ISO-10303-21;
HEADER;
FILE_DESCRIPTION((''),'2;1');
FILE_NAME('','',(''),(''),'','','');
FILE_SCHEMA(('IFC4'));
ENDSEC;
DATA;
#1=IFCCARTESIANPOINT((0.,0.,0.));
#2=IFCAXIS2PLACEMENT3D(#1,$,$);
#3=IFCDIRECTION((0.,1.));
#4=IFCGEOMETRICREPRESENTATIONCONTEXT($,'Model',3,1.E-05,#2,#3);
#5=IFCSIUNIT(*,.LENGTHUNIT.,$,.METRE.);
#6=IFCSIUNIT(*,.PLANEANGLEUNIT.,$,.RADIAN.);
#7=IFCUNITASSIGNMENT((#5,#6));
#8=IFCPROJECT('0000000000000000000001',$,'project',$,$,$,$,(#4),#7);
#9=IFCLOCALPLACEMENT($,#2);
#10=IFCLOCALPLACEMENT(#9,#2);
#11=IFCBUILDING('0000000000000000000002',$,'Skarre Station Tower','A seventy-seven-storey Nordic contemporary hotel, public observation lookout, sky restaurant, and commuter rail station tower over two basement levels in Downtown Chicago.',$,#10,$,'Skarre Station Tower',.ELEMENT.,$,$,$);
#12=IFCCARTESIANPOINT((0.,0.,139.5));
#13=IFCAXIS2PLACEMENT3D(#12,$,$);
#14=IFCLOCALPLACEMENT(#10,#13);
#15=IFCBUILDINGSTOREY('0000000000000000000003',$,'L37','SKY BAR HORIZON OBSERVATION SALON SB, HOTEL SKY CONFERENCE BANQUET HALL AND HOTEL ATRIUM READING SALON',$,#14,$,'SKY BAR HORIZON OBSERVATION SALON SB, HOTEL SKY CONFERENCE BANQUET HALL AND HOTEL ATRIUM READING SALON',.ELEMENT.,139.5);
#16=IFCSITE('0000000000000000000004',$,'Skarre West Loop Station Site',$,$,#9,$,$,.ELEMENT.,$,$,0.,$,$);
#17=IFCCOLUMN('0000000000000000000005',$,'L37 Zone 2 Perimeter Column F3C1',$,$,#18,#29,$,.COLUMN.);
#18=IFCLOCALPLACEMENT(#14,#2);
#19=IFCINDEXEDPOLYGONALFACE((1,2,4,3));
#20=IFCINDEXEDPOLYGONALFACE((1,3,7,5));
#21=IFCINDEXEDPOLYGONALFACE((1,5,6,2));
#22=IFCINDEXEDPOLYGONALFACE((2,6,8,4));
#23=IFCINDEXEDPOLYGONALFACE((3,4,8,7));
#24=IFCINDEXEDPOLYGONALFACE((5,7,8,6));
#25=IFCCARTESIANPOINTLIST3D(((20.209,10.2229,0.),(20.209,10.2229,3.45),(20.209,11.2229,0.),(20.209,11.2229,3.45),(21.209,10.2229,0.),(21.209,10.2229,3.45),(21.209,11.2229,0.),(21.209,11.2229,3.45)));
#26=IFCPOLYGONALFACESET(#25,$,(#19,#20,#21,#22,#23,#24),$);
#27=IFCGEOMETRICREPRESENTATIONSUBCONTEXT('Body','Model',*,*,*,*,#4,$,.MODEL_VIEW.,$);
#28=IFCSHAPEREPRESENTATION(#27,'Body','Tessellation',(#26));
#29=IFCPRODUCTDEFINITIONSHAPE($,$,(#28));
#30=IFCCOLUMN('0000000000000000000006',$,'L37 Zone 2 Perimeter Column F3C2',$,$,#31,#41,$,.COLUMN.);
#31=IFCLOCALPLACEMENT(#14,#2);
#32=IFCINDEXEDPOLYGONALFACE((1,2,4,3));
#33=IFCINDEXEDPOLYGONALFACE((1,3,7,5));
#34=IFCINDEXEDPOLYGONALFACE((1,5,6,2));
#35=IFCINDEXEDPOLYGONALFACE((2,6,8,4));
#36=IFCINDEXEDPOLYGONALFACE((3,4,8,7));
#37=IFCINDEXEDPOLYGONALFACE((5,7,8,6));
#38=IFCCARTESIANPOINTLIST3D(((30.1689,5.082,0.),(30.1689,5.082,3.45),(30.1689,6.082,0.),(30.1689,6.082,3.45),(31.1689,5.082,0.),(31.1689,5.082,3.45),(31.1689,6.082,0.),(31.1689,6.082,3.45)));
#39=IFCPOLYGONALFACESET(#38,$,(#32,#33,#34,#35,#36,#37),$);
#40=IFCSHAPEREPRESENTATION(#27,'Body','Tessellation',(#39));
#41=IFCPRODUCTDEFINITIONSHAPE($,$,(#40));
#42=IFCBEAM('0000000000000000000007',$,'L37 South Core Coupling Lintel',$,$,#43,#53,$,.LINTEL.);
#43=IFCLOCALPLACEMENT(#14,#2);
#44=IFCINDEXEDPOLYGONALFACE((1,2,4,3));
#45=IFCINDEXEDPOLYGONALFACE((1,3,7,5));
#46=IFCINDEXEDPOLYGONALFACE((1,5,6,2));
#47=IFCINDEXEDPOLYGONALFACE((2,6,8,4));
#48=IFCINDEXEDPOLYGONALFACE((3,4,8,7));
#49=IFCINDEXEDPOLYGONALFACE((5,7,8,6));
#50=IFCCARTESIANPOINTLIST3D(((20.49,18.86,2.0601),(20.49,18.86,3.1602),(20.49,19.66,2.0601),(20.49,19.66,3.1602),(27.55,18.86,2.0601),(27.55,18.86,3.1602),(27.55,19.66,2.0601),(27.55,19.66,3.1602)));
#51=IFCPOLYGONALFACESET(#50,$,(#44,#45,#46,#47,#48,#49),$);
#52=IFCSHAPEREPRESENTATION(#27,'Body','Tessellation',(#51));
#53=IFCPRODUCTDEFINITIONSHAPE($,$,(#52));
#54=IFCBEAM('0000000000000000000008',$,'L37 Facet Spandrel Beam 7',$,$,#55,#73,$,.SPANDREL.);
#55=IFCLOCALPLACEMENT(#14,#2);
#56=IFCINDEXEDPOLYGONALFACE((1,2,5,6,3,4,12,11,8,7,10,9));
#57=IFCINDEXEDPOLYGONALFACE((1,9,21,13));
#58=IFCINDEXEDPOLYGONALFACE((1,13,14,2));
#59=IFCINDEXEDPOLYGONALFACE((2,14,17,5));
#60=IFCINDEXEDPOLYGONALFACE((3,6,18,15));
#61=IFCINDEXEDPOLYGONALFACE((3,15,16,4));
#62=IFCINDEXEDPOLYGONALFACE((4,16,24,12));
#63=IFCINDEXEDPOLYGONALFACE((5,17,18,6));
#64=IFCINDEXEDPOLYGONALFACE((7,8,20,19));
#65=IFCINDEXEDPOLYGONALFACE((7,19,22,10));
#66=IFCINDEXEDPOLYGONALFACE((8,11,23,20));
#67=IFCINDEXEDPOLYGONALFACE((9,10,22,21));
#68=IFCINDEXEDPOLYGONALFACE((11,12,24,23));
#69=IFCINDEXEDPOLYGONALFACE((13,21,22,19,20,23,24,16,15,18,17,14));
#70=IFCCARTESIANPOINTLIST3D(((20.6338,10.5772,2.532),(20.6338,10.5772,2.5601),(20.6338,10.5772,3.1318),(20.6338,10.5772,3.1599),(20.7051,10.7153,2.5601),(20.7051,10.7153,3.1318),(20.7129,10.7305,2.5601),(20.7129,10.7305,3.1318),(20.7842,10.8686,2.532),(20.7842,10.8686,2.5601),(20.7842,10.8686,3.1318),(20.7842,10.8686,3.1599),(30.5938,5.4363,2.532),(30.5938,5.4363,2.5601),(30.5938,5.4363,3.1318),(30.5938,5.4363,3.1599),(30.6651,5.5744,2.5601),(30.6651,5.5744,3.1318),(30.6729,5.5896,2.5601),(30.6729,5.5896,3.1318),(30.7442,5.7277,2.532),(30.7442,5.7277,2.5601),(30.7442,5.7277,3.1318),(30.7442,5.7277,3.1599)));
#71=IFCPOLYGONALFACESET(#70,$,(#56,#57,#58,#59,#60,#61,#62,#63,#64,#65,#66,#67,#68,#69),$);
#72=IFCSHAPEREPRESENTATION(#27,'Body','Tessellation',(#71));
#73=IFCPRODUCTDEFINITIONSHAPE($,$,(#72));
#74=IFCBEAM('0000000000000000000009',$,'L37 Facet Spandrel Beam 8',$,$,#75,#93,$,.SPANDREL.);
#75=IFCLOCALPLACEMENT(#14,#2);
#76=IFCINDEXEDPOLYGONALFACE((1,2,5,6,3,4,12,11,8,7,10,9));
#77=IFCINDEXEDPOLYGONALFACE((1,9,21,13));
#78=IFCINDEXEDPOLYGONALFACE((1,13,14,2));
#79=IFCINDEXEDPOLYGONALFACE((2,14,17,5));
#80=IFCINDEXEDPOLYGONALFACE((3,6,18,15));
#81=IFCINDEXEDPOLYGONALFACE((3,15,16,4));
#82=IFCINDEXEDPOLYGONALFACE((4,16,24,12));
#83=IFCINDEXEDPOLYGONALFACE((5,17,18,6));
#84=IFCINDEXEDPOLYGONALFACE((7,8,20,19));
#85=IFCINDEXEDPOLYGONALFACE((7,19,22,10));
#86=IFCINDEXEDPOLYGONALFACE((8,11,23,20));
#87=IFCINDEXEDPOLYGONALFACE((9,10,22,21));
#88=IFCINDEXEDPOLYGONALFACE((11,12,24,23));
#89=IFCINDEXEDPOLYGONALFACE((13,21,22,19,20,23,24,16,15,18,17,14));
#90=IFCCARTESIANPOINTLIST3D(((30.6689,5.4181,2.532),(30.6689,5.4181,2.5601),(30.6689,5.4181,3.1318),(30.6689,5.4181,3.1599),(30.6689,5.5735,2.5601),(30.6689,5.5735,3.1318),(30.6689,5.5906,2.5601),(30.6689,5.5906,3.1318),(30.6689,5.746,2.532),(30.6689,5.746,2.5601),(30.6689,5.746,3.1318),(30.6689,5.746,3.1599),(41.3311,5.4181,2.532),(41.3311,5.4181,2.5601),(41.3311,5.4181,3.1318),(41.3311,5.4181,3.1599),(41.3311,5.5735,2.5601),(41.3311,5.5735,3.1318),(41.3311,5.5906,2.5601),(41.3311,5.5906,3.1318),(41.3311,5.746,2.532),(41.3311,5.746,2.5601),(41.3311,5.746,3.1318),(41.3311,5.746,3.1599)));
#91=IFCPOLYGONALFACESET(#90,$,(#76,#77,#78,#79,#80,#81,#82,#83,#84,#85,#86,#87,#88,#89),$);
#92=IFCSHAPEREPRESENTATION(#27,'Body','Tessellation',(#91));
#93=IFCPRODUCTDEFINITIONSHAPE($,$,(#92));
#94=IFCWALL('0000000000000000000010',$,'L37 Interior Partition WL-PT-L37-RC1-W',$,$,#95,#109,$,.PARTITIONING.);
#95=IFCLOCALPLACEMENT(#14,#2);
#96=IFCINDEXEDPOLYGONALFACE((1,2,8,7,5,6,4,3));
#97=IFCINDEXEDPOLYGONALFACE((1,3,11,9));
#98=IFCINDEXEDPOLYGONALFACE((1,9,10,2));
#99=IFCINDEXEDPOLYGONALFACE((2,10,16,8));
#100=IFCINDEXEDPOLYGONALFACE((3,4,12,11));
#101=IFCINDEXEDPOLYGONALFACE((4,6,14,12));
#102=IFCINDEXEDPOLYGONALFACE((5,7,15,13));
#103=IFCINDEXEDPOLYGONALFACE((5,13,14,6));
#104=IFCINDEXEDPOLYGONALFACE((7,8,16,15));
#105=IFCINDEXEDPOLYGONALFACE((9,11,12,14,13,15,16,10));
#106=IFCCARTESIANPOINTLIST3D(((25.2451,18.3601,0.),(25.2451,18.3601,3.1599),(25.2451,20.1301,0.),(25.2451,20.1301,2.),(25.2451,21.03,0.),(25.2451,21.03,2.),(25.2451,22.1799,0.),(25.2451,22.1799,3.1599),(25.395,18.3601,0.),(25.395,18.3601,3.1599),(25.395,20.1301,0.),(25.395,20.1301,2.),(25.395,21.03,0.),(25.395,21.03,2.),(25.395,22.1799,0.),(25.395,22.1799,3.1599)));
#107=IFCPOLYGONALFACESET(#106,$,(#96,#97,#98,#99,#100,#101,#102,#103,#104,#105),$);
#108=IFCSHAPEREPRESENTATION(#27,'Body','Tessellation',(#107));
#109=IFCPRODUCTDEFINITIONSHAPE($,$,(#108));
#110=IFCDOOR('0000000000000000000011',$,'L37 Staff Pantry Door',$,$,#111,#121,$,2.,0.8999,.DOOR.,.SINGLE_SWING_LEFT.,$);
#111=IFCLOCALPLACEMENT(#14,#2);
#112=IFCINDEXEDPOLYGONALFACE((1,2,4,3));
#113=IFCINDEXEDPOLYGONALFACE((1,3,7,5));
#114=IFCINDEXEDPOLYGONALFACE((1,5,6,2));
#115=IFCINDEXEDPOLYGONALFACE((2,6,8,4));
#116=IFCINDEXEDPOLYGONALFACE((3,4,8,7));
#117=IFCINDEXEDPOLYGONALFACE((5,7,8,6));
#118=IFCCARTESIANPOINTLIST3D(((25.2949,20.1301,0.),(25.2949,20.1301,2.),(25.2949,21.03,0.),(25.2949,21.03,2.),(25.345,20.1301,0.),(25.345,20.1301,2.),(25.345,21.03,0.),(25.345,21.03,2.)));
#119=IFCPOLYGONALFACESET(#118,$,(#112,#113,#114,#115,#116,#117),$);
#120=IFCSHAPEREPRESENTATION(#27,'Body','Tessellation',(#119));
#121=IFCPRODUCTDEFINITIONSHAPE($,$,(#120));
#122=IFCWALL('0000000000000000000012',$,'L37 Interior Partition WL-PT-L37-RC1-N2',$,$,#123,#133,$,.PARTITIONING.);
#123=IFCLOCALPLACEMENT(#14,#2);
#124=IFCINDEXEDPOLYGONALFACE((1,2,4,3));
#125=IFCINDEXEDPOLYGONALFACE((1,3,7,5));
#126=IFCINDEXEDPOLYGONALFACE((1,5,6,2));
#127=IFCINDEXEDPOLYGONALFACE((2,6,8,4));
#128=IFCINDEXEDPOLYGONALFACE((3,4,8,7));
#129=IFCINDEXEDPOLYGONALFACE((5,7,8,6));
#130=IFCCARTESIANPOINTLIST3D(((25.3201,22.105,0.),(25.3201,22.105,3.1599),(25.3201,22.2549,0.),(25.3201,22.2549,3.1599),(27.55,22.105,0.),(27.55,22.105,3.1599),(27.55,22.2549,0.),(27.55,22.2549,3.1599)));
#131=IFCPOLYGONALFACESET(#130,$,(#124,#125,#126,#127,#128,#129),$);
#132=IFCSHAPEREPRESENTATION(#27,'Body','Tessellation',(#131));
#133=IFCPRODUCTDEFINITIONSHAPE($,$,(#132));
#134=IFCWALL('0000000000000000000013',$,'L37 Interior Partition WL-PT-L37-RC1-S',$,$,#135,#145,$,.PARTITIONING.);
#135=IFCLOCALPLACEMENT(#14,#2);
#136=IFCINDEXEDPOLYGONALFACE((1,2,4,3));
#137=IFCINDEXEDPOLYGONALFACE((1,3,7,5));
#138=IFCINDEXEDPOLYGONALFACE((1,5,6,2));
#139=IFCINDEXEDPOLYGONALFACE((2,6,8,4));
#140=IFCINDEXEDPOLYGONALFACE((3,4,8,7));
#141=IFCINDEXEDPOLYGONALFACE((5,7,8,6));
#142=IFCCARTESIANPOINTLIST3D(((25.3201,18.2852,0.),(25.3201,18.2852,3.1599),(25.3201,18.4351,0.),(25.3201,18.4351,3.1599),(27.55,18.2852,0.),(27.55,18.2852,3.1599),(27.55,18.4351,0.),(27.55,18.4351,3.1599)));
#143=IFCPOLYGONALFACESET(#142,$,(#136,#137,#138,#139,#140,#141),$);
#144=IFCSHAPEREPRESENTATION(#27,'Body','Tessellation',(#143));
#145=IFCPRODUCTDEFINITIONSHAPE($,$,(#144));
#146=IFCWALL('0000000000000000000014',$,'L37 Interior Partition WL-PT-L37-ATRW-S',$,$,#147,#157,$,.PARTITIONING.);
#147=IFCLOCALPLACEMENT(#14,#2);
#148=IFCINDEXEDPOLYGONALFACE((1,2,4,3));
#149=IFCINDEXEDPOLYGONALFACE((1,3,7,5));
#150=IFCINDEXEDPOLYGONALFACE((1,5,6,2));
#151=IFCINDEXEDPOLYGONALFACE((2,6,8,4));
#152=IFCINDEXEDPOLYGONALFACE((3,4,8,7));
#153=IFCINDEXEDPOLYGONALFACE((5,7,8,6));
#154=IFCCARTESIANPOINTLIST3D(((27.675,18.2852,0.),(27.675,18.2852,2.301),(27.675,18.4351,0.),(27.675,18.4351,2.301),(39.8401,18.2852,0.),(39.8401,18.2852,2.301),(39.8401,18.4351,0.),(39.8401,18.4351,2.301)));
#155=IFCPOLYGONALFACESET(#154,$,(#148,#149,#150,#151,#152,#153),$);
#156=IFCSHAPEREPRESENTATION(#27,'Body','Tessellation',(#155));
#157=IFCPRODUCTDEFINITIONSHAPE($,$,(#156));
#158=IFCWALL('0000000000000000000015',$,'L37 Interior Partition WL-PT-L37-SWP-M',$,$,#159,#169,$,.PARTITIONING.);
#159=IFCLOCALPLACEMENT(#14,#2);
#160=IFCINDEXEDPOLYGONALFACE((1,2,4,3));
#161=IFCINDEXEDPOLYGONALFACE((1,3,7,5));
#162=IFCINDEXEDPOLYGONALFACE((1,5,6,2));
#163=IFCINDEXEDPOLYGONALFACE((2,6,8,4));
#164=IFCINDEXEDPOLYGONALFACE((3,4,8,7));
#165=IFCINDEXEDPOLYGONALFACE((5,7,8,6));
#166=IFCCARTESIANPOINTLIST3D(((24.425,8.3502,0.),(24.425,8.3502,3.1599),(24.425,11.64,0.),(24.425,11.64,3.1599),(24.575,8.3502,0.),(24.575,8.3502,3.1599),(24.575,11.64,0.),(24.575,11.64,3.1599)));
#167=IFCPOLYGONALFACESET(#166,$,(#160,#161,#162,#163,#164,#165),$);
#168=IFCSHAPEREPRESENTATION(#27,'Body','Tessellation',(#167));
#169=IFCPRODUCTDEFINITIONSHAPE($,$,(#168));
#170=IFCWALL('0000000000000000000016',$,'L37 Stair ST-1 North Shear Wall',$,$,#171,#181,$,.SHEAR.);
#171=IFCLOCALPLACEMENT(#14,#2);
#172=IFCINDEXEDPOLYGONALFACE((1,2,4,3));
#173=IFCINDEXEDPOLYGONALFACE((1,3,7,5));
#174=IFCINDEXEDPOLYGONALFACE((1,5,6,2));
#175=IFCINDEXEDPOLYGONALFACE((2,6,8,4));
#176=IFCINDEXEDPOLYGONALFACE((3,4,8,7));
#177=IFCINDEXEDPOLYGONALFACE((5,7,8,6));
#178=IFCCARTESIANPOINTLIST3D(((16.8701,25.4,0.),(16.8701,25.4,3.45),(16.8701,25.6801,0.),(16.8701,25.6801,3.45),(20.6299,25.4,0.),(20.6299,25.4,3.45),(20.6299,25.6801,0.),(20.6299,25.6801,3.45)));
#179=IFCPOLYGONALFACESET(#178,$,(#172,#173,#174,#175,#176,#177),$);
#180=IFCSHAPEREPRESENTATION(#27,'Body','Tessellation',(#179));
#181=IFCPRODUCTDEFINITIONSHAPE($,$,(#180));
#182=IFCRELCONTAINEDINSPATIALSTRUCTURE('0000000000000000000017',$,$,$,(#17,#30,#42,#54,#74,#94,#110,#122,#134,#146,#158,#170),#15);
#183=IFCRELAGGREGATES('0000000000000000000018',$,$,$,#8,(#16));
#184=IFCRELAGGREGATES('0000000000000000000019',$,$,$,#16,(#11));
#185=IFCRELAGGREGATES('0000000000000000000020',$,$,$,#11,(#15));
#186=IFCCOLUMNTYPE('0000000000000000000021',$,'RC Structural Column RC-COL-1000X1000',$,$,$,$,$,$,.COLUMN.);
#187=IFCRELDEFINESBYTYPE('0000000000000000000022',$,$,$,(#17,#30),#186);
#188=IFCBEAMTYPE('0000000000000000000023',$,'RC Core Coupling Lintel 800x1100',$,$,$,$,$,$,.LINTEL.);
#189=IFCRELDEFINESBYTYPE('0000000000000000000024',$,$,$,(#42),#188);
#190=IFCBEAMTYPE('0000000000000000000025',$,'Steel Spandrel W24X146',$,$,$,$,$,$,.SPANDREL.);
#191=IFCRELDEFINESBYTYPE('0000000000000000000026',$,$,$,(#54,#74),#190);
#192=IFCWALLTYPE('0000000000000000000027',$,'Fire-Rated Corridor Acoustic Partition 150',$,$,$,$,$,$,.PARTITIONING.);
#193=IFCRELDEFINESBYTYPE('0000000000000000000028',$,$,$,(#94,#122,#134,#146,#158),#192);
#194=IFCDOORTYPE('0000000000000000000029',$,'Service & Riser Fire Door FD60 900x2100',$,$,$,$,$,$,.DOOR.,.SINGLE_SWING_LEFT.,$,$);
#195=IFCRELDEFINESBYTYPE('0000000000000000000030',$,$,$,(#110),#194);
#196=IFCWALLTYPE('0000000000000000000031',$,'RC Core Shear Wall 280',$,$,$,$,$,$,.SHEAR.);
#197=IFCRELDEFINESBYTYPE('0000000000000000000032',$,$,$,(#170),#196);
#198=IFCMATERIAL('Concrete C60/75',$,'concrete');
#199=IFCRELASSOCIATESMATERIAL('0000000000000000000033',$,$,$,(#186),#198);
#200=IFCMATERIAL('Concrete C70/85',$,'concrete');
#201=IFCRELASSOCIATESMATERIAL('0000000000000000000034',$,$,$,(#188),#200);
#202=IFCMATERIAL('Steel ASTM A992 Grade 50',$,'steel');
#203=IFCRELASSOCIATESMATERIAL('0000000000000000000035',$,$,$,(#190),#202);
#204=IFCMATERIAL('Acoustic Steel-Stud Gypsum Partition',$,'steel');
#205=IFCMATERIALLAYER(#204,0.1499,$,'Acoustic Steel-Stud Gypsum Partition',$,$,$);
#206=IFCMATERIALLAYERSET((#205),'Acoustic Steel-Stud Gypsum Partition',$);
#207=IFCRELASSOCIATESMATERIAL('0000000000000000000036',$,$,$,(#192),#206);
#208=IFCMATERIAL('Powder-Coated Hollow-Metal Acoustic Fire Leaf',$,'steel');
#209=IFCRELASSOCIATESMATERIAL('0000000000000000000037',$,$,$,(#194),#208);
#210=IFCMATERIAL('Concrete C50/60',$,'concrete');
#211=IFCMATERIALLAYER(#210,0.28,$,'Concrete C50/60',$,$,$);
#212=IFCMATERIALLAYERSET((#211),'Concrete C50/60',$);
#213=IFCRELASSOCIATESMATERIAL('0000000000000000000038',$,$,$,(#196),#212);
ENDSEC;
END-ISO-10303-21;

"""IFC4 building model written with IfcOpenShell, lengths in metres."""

from ifc_helpers import new_model, si_unit, direction, frame, frame_2d, origin, origin_2d, place, context, subcontext, project, spatial, rectangle, i_section, extrude, material, layer, layer_set, material_profile, profile_set, type_object, element, fill, save


model = new_model("IFC4")

# Units and contexts
model_context = context("Model", 3, precision=1e-05, world=origin(), true_north=direction((0.0, 1.0)))
body_context = subcontext(model_context, "Body", "Model", "MODEL_VIEW")
ifc_project = project(units=[si_unit("LENGTHUNIT", "METRE"), si_unit("PLANEANGLEUNIT", "RADIAN")], contexts=[model_context])

# Site, building, storey
site_placement = place(None, origin())
site = spatial("IfcSite", under=ifc_project, at=site_placement, Name="Skarre West Loop Station Site", CompositionType="ELEMENT", RefElevation=0.0)
building_placement = place(site_placement, origin())
building = spatial("IfcBuilding", under=site, at=building_placement, Name="Skarre Station Tower", Description="A seventy-seven-storey Nordic contemporary hotel, public observation lookout, sky restaurant, and commuter rail station tower over two basement levels in Downtown Chicago.", LongName="Skarre Station Tower", CompositionType="ELEMENT")
storey_placement = place(building_placement, frame((0.0, 0.0, 139.5)))
storey = spatial("IfcBuildingStorey", under=building, at=storey_placement, Name="L37", Description="SKY BAR HORIZON OBSERVATION SALON SB, HOTEL SKY CONFERENCE BANQUET HALL AND HOTEL ATRIUM READING SALON", LongName="SKY BAR HORIZON OBSERVATION SALON SB, HOTEL SKY CONFERENCE BANQUET HALL AND HOTEL ATRIUM READING SALON", CompositionType="ELEMENT", Elevation=139.5)

# Columns
ifc_material_1 = material(Name="Concrete C60/75", Category="concrete")
ifc_material_profile_1 = material_profile(ifc_material_1, rectangle(XDim=1.0, YDim=1.0, at=origin_2d()), Name="Concrete C60/75")
ifc_profile_set_1 = profile_set([ifc_material_profile_1], Name="Concrete C60/75")
column_type = type_object("IfcColumnType", Name="RC Structural Column RC-COL-1000X1000", PredefinedType="COLUMN", material=ifc_profile_set_1)
for number, where, z_axis, x_axis, name in (
    (1, (20.709, 10.7229, 0.0), (0.0, 0.0, 1.0), (1.0, 0.0, 0.0), "L37 Zone 2 Perimeter Column F3C1"),
    (2, (30.6689, 5.582, 0.0), (0.0, 0.0, 1.0), (1.0, 0.0, 0.0), "L37 Zone 2 Perimeter Column F3C2"),
):
    element("IfcColumn", number, at=place(storey_placement, frame(where, z_axis=z_axis, x_axis=x_axis)), inside=storey, type_object=column_type, Name=name, PredefinedType="COLUMN", context=body_context, shape_type="SweptSolid", body=[
        extrude(rectangle(XDim=1.0, YDim=1.0, at=origin_2d()), origin(), (0.0, 0.0, 1.0), 3.45),
    ])

# Beams
ifc_material_2 = material(Name="Concrete C70/85", Category="concrete")
ifc_material_profile_2 = material_profile(ifc_material_2, rectangle(XDim=0.8, YDim=1.1001, at=origin_2d()), Name="Concrete C70/85")
ifc_profile_set_2 = profile_set([ifc_material_profile_2], Name="Concrete C70/85")
beam_type_1 = type_object("IfcBeamType", Name="RC Core Coupling Lintel 800x1100", PredefinedType="LINTEL", material=ifc_profile_set_2)
beam_1_placement = place(storey_placement, frame((20.49, 19.26, 2.6101), z_axis=(1.0, 0.0, 0.0), x_axis=(0.0, 1.0, 0.0)))
element("IfcBeam", 3, at=beam_1_placement, inside=storey, type_object=beam_type_1, Name="L37 South Core Coupling Lintel", PredefinedType="LINTEL", context=body_context, shape_type="SweptSolid", body=[
    extrude(rectangle(XDim=0.8, YDim=1.1001, at=origin_2d()), origin(), (0.0, 0.0, 1.0), 7.0601),
])
ifc_material_3 = material(Name="Steel ASTM A992 Grade 50", Category="steel")
ifc_material_profile_3 = material_profile(ifc_material_3, i_section(OverallWidth=0.3279, OverallDepth=0.6279, WebThickness=0.0171, FlangeThickness=0.0281, at=origin_2d()), Name="Steel ASTM A992 Grade 50")
ifc_profile_set_3 = profile_set([ifc_material_profile_3], Name="Steel ASTM A992 Grade 50")
beam_type_2 = type_object("IfcBeamType", Name="Steel Spandrel W24X146", PredefinedType="SPANDREL", material=ifc_profile_set_3)
beam_2_placement = place(storey_placement, frame((20.709, 10.7229, 2.8459), z_axis=(0.888612, -0.45866, 0.0), x_axis=(0.45866, 0.888612, 0.0)))
element("IfcBeam", 4, at=beam_2_placement, inside=storey, type_object=beam_type_2, Name="L37 Facet Spandrel Beam 7", PredefinedType="SPANDREL", context=body_context, shape_type="SweptSolid", body=[
    extrude(i_section(OverallWidth=0.3279, OverallDepth=0.6279, WebThickness=0.0171, FlangeThickness=0.0281, at=origin_2d()), origin(), (0.0, 0.0, 1.0), 11.2085),
])
beam_3_placement = place(storey_placement, frame((30.6689, 5.582, 2.8459), z_axis=(1.0, 0.0, 0.0), x_axis=(0.0, 1.0, 0.0)))
element("IfcBeam", 5, at=beam_3_placement, inside=storey, type_object=beam_type_2, Name="L37 Facet Spandrel Beam 8", PredefinedType="SPANDREL", context=body_context, shape_type="SweptSolid", body=[
    extrude(i_section(OverallWidth=0.3279, OverallDepth=0.6279, WebThickness=0.0171, FlangeThickness=0.0281, at=origin_2d()), origin(), (0.0, 0.0, 1.0), 10.6621),
])

# Wall, opening, door
ifc_material_4 = material(Name="Acoustic Steel-Stud Gypsum Partition", Category="steel")
ifc_layer_1 = layer(ifc_material_4, 0.1499, Name="Acoustic Steel-Stud Gypsum Partition")
ifc_layer_set_1 = layer_set([ifc_layer_1], Name="Acoustic Steel-Stud Gypsum Partition")
wall_type_1 = type_object("IfcWallType", Name="Fire-Rated Corridor Acoustic Partition 150", PredefinedType="PARTITIONING", material=ifc_layer_set_1)
wall_1_placement = place(storey_placement, frame((25.3201, 22.1799, 0.0), z_axis=(0.0, 0.0, 1.0), x_axis=(0.0, -1.0, 0.0)))
wall_1 = element("IfcWall", 6, at=wall_1_placement, inside=storey, type_object=wall_type_1, Name="L37 Interior Partition WL-PT-L37-RC1-W", PredefinedType="PARTITIONING", context=body_context, shape_type="SweptSolid", body=[
    extrude(rectangle(XDim=3.8198, YDim=0.1499, at=frame_2d((1.9099, 0.0))), origin(), (0.0, 0.0, 1.0), 3.1599),
])
opening_1_placement = place(wall_1_placement, frame((1.1499, 0.0, 0.0)))
opening_1 = element("IfcOpeningElement", 7, at=opening_1_placement, cuts=wall_1, PredefinedType="OPENING", context=body_context, shape_type="SweptSolid", body=[
    extrude(rectangle(XDim=0.8999, YDim=2.0, at=frame_2d((0.45, 1.0))), frame((0.0, 0.085, 0.0), z_axis=(0.0, -1.0, 0.0), x_axis=(1.0, 0.0, 0.0)), (0.0, 0.0, 1.0), 0.1699),
])
ifc_material_5 = material(Name="Powder-Coated Hollow-Metal Acoustic Fire Leaf", Category="steel")
door_type_1 = type_object("IfcDoorType", Name="Service & Riser Fire Door FD60 900x2100", OperationType="SINGLE_SWING_LEFT", PredefinedType="DOOR", material=ifc_material_5)
door_1_placement = place(opening_1_placement, origin())
door_1 = element("IfcDoor", 8, at=door_1_placement, inside=storey, type_object=door_type_1, Name="L37 Staff Pantry Door", OperationType="SINGLE_SWING_LEFT", OverallHeight=2.0, OverallWidth=0.8999, PredefinedType="DOOR", context=body_context, shape_type="SweptSolid", body=[
    extrude(rectangle(XDim=0.8999, YDim=2.0, at=frame_2d((0.45, 1.0))), frame((0.0, 0.0249, 0.0), z_axis=(0.0, -1.0, 0.0), x_axis=(1.0, 0.0, 0.0)), (0.0, 0.0, 1.0), 0.05),
])
fill(opening_1, door_1)

# Walls
for number, where, z_axis, x_axis, name in (
    (9, (25.3201, 22.1799, 0.0), (0.0, 0.0, 1.0), (1.0, 0.0, 0.0), "L37 Interior Partition WL-PT-L37-RC1-N2"),
    (10, (25.3201, 18.3601, 0.0), (0.0, 0.0, 1.0), (1.0, 0.0, 0.0), "L37 Interior Partition WL-PT-L37-RC1-S"),
):
    element("IfcWall", number, at=place(storey_placement, frame(where, z_axis=z_axis, x_axis=x_axis)), inside=storey, type_object=wall_type_1, Name=name, PredefinedType="PARTITIONING", context=body_context, shape_type="SweptSolid", body=[
        extrude(rectangle(XDim=2.23, YDim=0.1499, at=frame_2d((1.115, 0.0))), origin(), (0.0, 0.0, 1.0), 3.1599),
    ])
wall_2_placement = place(storey_placement, frame((27.675, 18.3601, 0.0), z_axis=(0.0, 0.0, 1.0), x_axis=(1.0, 0.0, 0.0)))
element("IfcWall", 11, at=wall_2_placement, inside=storey, type_object=wall_type_1, Name="L37 Interior Partition WL-PT-L37-ATRW-S", PredefinedType="PARTITIONING", context=body_context, shape_type="SweptSolid", body=[
    extrude(rectangle(XDim=12.165, YDim=0.1499, at=frame_2d((6.0825, 0.0))), origin(), (0.0, 0.0, 1.0), 2.301),
])
wall_3_placement = place(storey_placement, frame((24.5, 8.3501, 0.0), z_axis=(0.0, 0.0, 1.0), x_axis=(0.0, 1.0, 0.0)))
element("IfcWall", 12, at=wall_3_placement, inside=storey, type_object=wall_type_1, Name="L37 Interior Partition WL-PT-L37-SWP-M", PredefinedType="PARTITIONING", context=body_context, shape_type="SweptSolid", body=[
    extrude(rectangle(XDim=3.2898, YDim=0.1499, at=frame_2d((1.645, 0.0))), origin(), (0.0, 0.0, 1.0), 3.1599),
])
ifc_material_6 = material(Name="Concrete C50/60", Category="concrete")
ifc_layer_2 = layer(ifc_material_6, 0.28, Name="Concrete C50/60")
ifc_layer_set_2 = layer_set([ifc_layer_2], Name="Concrete C50/60")
wall_type_2 = type_object("IfcWallType", Name="RC Core Shear Wall 280", PredefinedType="SHEAR", material=ifc_layer_set_2)
wall_4_placement = place(storey_placement, frame((20.6299, 25.54, 0.0), z_axis=(0.0, 0.0, 1.0), x_axis=(-1.0, 0.0, 0.0)))
element("IfcWall", 13, at=wall_4_placement, inside=storey, type_object=wall_type_2, Name="L37 Stair ST-1 North Shear Wall", PredefinedType="SHEAR", context=body_context, shape_type="SweptSolid", body=[
    extrude(rectangle(XDim=3.7598, YDim=0.28, at=frame_2d((1.8799, 0.0))), origin(), (0.0, 0.0, 1.0), 3.45),
])

save(model, "model.ifc")
